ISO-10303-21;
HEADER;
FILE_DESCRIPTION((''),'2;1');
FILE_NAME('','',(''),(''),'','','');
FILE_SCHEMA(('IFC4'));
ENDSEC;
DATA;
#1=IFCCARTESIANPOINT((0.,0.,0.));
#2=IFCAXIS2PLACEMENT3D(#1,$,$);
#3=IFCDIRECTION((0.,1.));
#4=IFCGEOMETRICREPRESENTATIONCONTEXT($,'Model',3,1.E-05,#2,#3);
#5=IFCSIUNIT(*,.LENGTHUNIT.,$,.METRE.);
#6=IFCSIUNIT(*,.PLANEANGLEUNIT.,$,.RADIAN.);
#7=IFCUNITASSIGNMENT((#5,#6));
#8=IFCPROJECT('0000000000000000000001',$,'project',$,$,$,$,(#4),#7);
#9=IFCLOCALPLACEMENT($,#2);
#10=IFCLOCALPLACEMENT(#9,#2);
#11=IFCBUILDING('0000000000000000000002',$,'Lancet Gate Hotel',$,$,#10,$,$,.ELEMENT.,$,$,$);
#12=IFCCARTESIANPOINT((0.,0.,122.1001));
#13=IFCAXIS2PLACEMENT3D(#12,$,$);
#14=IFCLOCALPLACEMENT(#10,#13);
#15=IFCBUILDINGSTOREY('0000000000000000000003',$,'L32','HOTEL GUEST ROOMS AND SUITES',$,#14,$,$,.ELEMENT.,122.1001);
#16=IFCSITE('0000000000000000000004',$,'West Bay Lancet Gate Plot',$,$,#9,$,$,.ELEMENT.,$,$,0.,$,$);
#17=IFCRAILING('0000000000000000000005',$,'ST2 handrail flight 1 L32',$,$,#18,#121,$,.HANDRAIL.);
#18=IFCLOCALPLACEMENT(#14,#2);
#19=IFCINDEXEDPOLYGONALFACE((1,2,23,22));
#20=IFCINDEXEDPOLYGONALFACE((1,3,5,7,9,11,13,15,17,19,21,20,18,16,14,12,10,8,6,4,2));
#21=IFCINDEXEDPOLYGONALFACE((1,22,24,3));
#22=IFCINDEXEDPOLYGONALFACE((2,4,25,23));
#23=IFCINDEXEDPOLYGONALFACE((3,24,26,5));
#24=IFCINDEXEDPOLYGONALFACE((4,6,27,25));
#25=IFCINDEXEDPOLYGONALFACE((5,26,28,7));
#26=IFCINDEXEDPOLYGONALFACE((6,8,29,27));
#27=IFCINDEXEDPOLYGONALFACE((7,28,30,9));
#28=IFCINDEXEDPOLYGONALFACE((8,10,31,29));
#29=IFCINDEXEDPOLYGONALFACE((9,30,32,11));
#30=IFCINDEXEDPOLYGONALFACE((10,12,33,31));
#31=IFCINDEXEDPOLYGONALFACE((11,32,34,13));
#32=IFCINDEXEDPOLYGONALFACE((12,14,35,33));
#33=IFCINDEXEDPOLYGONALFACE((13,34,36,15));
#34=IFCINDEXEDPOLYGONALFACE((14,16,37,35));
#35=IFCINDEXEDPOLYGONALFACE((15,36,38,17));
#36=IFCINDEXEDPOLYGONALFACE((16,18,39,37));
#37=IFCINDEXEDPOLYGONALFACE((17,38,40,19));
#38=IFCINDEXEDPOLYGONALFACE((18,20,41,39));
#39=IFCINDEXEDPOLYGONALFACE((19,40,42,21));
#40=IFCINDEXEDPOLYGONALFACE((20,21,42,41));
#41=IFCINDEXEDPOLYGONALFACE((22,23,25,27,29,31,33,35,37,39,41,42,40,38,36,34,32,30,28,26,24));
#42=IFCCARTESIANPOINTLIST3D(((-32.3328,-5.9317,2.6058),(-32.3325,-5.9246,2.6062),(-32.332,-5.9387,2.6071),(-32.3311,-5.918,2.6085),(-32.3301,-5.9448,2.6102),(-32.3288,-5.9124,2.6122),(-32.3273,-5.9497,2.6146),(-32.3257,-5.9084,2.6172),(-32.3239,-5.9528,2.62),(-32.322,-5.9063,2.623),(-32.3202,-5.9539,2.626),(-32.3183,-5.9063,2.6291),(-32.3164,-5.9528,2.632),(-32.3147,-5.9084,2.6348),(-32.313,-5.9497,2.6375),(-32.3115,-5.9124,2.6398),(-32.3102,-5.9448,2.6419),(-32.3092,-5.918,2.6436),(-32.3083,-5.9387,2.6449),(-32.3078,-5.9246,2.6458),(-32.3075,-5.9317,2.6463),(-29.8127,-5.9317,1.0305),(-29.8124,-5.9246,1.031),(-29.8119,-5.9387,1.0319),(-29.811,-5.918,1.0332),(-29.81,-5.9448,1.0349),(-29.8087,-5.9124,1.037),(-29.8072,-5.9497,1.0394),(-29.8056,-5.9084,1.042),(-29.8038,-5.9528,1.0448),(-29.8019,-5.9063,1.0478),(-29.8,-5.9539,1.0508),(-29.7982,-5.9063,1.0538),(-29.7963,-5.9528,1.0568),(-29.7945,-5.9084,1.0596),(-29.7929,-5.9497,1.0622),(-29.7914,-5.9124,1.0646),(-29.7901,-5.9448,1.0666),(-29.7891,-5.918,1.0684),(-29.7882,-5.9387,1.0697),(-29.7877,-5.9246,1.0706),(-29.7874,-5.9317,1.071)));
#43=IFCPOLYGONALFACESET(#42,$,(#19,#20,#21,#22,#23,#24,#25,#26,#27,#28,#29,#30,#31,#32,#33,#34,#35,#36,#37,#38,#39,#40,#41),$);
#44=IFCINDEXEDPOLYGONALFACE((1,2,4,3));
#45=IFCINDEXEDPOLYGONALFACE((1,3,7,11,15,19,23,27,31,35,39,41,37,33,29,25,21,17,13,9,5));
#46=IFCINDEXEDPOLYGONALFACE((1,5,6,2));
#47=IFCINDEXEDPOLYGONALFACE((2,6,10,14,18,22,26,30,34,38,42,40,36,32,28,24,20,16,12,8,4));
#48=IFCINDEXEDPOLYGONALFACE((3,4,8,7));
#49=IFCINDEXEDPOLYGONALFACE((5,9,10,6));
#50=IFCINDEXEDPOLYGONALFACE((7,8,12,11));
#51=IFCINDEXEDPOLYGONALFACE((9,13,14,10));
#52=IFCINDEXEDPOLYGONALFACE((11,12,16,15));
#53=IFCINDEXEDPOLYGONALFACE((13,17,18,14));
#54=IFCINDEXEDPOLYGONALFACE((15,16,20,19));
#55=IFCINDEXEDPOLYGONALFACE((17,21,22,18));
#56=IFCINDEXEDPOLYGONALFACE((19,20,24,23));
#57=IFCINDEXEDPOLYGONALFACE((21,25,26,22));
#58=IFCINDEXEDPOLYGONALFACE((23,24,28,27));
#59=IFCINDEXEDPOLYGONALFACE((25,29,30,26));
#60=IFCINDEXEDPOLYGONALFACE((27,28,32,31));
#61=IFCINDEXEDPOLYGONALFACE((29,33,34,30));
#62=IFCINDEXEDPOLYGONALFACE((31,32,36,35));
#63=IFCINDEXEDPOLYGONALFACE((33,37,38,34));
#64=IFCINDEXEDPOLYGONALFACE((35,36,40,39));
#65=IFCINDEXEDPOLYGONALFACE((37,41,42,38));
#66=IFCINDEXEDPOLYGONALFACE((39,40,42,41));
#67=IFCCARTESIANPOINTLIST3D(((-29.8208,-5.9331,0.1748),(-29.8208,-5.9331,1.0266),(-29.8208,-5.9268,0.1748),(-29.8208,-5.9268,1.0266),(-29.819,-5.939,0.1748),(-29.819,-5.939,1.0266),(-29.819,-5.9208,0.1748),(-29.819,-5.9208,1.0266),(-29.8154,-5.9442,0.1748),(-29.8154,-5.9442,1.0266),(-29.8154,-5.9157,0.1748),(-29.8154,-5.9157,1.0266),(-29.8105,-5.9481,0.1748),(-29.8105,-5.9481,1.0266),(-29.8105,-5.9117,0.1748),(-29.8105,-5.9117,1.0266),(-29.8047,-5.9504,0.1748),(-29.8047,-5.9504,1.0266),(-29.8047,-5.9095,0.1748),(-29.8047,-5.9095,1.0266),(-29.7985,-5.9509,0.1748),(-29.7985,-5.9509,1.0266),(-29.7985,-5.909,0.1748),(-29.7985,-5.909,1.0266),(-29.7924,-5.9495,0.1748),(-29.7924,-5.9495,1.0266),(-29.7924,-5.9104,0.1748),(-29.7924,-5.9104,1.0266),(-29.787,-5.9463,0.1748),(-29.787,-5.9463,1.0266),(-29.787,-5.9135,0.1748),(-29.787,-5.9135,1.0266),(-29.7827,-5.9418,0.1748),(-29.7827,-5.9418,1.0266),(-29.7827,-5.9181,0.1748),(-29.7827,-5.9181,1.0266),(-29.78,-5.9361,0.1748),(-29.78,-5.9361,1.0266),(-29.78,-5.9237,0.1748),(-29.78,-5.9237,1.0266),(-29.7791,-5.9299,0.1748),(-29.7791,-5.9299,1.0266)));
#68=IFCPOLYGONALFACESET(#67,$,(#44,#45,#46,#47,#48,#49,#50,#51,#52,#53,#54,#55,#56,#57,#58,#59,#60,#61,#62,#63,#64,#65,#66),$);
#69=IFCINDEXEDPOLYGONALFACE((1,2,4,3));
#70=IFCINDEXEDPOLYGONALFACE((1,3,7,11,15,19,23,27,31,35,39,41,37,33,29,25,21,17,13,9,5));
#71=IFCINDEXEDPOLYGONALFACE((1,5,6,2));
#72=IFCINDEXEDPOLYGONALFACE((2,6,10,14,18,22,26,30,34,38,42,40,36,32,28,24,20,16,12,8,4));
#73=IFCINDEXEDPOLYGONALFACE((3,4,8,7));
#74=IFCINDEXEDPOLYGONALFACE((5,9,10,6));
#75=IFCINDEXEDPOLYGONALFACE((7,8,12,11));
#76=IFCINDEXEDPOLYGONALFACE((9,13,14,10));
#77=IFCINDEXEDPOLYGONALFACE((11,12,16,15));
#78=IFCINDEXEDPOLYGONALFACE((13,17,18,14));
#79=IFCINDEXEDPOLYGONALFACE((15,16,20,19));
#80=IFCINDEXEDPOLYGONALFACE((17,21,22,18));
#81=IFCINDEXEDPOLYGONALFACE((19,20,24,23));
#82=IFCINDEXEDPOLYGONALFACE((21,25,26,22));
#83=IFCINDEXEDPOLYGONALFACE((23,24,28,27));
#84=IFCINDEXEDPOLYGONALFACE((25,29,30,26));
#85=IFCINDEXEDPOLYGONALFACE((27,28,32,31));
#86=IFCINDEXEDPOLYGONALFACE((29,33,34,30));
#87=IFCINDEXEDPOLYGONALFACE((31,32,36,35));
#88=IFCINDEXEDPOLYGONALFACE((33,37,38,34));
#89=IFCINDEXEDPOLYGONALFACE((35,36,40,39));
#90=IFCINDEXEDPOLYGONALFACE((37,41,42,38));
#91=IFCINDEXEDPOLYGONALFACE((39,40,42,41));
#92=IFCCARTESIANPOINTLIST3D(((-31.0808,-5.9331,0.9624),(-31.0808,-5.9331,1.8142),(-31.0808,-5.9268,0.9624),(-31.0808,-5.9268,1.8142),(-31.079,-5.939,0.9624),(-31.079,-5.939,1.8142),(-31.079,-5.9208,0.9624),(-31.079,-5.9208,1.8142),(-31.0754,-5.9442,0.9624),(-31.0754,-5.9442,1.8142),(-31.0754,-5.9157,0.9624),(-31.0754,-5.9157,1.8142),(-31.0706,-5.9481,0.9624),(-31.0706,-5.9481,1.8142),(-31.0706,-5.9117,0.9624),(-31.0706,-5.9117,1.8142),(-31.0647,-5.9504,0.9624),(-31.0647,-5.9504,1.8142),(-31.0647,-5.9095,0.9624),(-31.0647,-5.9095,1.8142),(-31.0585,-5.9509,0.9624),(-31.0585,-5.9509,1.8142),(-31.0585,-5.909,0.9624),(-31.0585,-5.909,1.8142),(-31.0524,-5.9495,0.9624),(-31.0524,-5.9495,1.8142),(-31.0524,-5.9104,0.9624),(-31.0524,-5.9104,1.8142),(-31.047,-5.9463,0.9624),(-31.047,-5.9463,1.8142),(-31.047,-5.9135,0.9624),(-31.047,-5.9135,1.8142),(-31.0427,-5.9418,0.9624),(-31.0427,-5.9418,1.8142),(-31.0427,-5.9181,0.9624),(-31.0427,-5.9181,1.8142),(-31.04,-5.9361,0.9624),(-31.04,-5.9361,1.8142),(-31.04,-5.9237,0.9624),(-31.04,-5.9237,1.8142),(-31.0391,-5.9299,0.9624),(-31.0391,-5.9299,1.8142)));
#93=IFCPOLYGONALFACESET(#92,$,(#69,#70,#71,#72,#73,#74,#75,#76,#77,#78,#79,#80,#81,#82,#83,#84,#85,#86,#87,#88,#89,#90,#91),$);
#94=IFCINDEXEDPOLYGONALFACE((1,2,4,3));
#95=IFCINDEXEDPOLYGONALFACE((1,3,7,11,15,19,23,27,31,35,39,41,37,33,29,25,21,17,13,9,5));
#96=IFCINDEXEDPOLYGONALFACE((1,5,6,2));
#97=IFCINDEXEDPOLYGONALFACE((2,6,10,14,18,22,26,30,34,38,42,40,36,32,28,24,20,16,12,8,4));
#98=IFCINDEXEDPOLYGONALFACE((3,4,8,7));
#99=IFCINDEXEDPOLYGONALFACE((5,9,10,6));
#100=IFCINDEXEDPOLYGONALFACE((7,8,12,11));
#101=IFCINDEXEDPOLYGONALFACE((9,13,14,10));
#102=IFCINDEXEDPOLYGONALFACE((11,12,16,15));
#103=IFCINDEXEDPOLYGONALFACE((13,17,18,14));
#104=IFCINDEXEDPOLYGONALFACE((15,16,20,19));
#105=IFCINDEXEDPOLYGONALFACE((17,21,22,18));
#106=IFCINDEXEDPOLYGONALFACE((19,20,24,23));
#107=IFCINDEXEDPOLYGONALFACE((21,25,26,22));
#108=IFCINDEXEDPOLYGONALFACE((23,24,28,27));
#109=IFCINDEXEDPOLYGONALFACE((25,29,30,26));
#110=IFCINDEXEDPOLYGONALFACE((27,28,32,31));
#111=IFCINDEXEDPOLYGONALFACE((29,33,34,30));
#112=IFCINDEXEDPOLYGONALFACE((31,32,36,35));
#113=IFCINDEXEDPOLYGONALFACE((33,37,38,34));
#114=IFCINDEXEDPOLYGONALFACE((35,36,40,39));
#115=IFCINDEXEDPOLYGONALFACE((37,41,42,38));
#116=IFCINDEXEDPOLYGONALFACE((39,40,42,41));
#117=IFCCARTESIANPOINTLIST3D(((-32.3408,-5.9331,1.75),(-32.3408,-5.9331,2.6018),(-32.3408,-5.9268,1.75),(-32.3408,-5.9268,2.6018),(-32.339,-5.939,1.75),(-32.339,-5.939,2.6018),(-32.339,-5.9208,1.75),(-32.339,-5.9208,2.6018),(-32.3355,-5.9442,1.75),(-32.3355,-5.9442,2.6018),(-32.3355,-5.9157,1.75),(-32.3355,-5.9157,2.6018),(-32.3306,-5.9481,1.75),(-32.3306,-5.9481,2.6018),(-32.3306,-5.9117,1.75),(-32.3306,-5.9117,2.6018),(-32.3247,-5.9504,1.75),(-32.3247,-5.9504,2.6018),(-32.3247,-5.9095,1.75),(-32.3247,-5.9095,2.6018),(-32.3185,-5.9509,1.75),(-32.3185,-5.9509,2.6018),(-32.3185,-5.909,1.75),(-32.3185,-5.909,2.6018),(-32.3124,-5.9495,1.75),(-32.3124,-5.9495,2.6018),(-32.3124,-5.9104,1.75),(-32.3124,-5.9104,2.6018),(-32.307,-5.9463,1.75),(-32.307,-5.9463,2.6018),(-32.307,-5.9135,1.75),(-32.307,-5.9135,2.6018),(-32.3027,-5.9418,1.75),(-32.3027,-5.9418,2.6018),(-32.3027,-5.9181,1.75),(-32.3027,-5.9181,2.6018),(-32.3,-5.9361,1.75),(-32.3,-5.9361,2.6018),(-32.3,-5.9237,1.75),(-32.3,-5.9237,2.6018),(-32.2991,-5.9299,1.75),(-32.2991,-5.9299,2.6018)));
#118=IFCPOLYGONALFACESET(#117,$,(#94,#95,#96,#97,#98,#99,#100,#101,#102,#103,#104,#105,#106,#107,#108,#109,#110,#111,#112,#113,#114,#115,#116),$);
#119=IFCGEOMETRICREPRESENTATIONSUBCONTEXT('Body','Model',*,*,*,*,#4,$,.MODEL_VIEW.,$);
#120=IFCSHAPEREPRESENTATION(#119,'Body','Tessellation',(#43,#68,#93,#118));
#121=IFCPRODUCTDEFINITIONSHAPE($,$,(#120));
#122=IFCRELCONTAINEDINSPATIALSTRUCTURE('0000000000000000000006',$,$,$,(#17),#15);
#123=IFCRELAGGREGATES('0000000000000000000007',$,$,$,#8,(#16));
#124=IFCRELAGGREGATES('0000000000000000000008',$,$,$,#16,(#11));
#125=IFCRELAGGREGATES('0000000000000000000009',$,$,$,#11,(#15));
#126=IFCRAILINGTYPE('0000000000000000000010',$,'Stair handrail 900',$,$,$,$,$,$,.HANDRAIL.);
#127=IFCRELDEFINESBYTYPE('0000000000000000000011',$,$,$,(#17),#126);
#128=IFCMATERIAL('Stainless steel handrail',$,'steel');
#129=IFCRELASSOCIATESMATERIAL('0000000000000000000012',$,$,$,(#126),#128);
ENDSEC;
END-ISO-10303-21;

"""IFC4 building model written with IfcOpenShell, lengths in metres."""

from ifc_helpers import new_model, si_unit, direction, frame, origin, origin_2d, place, context, subcontext, project, spatial, circle, extrude, material, type_object, element, save


model = new_model("IFC4")

# Units and contexts
model_context = context("Model", 3, precision=1e-05, world=origin(), true_north=direction((0.0, 1.0)))
body_context = subcontext(model_context, "Body", "Model", "MODEL_VIEW")
ifc_project = project(units=[si_unit("LENGTHUNIT", "METRE"), si_unit("PLANEANGLEUNIT", "RADIAN")], contexts=[model_context])

# Site, building, storey
site_placement = place(None, origin())
site = spatial("IfcSite", under=ifc_project, at=site_placement, Name="West Bay Lancet Gate Plot", CompositionType="ELEMENT", RefElevation=0.0)
building_placement = place(site_placement, origin())
building = spatial("IfcBuilding", under=site, at=building_placement, Name="Lancet Gate Hotel", CompositionType="ELEMENT")
storey_placement = place(building_placement, frame((0.0, 0.0, 122.1001)))
storey = spatial("IfcBuildingStorey", under=building, at=storey_placement, Name="L32", Description="HOTEL GUEST ROOMS AND SUITES", CompositionType="ELEMENT", Elevation=122.1001)

# Railing
ifc_material_1 = material(Name="Stainless steel handrail", Category="steel")
railing_type = type_object("IfcRailingType", Name="Stair handrail 900", PredefinedType="HANDRAIL", material=ifc_material_1)
railing_1_placement = place(storey_placement, frame((-29.8, -5.9299, 0.1748)))
element("IfcRailing", 1, at=railing_1_placement, inside=storey, type_object=railing_type, Name="ST2 handrail flight 1 L32", PredefinedType="HANDRAIL", context=body_context, shape_type="SweptSolid", body=[
    extrude(circle(Radius=0.0239, at=origin_2d()), frame((0.0, 0.0, 0.876), z_axis=(-0.847971, 0.0, 0.530043), x_axis=(0.0, -1.0, 0.0)), (0.0, 0.0, 1.0), 2.9719),
    extrude(circle(Radius=0.021, at=origin_2d()), origin(), (0.0, 0.0, 1.0), 0.8518),
    extrude(circle(Radius=0.021, at=origin_2d()), frame((-1.26, 0.0, 0.7876)), (0.0, 0.0, 1.0), 0.8518),
    extrude(circle(Radius=0.021, at=origin_2d()), frame((-2.52, 0.0, 1.5752)), (0.0, 0.0, 1.0), 0.8518),
])

save(model, "model.ifc")
